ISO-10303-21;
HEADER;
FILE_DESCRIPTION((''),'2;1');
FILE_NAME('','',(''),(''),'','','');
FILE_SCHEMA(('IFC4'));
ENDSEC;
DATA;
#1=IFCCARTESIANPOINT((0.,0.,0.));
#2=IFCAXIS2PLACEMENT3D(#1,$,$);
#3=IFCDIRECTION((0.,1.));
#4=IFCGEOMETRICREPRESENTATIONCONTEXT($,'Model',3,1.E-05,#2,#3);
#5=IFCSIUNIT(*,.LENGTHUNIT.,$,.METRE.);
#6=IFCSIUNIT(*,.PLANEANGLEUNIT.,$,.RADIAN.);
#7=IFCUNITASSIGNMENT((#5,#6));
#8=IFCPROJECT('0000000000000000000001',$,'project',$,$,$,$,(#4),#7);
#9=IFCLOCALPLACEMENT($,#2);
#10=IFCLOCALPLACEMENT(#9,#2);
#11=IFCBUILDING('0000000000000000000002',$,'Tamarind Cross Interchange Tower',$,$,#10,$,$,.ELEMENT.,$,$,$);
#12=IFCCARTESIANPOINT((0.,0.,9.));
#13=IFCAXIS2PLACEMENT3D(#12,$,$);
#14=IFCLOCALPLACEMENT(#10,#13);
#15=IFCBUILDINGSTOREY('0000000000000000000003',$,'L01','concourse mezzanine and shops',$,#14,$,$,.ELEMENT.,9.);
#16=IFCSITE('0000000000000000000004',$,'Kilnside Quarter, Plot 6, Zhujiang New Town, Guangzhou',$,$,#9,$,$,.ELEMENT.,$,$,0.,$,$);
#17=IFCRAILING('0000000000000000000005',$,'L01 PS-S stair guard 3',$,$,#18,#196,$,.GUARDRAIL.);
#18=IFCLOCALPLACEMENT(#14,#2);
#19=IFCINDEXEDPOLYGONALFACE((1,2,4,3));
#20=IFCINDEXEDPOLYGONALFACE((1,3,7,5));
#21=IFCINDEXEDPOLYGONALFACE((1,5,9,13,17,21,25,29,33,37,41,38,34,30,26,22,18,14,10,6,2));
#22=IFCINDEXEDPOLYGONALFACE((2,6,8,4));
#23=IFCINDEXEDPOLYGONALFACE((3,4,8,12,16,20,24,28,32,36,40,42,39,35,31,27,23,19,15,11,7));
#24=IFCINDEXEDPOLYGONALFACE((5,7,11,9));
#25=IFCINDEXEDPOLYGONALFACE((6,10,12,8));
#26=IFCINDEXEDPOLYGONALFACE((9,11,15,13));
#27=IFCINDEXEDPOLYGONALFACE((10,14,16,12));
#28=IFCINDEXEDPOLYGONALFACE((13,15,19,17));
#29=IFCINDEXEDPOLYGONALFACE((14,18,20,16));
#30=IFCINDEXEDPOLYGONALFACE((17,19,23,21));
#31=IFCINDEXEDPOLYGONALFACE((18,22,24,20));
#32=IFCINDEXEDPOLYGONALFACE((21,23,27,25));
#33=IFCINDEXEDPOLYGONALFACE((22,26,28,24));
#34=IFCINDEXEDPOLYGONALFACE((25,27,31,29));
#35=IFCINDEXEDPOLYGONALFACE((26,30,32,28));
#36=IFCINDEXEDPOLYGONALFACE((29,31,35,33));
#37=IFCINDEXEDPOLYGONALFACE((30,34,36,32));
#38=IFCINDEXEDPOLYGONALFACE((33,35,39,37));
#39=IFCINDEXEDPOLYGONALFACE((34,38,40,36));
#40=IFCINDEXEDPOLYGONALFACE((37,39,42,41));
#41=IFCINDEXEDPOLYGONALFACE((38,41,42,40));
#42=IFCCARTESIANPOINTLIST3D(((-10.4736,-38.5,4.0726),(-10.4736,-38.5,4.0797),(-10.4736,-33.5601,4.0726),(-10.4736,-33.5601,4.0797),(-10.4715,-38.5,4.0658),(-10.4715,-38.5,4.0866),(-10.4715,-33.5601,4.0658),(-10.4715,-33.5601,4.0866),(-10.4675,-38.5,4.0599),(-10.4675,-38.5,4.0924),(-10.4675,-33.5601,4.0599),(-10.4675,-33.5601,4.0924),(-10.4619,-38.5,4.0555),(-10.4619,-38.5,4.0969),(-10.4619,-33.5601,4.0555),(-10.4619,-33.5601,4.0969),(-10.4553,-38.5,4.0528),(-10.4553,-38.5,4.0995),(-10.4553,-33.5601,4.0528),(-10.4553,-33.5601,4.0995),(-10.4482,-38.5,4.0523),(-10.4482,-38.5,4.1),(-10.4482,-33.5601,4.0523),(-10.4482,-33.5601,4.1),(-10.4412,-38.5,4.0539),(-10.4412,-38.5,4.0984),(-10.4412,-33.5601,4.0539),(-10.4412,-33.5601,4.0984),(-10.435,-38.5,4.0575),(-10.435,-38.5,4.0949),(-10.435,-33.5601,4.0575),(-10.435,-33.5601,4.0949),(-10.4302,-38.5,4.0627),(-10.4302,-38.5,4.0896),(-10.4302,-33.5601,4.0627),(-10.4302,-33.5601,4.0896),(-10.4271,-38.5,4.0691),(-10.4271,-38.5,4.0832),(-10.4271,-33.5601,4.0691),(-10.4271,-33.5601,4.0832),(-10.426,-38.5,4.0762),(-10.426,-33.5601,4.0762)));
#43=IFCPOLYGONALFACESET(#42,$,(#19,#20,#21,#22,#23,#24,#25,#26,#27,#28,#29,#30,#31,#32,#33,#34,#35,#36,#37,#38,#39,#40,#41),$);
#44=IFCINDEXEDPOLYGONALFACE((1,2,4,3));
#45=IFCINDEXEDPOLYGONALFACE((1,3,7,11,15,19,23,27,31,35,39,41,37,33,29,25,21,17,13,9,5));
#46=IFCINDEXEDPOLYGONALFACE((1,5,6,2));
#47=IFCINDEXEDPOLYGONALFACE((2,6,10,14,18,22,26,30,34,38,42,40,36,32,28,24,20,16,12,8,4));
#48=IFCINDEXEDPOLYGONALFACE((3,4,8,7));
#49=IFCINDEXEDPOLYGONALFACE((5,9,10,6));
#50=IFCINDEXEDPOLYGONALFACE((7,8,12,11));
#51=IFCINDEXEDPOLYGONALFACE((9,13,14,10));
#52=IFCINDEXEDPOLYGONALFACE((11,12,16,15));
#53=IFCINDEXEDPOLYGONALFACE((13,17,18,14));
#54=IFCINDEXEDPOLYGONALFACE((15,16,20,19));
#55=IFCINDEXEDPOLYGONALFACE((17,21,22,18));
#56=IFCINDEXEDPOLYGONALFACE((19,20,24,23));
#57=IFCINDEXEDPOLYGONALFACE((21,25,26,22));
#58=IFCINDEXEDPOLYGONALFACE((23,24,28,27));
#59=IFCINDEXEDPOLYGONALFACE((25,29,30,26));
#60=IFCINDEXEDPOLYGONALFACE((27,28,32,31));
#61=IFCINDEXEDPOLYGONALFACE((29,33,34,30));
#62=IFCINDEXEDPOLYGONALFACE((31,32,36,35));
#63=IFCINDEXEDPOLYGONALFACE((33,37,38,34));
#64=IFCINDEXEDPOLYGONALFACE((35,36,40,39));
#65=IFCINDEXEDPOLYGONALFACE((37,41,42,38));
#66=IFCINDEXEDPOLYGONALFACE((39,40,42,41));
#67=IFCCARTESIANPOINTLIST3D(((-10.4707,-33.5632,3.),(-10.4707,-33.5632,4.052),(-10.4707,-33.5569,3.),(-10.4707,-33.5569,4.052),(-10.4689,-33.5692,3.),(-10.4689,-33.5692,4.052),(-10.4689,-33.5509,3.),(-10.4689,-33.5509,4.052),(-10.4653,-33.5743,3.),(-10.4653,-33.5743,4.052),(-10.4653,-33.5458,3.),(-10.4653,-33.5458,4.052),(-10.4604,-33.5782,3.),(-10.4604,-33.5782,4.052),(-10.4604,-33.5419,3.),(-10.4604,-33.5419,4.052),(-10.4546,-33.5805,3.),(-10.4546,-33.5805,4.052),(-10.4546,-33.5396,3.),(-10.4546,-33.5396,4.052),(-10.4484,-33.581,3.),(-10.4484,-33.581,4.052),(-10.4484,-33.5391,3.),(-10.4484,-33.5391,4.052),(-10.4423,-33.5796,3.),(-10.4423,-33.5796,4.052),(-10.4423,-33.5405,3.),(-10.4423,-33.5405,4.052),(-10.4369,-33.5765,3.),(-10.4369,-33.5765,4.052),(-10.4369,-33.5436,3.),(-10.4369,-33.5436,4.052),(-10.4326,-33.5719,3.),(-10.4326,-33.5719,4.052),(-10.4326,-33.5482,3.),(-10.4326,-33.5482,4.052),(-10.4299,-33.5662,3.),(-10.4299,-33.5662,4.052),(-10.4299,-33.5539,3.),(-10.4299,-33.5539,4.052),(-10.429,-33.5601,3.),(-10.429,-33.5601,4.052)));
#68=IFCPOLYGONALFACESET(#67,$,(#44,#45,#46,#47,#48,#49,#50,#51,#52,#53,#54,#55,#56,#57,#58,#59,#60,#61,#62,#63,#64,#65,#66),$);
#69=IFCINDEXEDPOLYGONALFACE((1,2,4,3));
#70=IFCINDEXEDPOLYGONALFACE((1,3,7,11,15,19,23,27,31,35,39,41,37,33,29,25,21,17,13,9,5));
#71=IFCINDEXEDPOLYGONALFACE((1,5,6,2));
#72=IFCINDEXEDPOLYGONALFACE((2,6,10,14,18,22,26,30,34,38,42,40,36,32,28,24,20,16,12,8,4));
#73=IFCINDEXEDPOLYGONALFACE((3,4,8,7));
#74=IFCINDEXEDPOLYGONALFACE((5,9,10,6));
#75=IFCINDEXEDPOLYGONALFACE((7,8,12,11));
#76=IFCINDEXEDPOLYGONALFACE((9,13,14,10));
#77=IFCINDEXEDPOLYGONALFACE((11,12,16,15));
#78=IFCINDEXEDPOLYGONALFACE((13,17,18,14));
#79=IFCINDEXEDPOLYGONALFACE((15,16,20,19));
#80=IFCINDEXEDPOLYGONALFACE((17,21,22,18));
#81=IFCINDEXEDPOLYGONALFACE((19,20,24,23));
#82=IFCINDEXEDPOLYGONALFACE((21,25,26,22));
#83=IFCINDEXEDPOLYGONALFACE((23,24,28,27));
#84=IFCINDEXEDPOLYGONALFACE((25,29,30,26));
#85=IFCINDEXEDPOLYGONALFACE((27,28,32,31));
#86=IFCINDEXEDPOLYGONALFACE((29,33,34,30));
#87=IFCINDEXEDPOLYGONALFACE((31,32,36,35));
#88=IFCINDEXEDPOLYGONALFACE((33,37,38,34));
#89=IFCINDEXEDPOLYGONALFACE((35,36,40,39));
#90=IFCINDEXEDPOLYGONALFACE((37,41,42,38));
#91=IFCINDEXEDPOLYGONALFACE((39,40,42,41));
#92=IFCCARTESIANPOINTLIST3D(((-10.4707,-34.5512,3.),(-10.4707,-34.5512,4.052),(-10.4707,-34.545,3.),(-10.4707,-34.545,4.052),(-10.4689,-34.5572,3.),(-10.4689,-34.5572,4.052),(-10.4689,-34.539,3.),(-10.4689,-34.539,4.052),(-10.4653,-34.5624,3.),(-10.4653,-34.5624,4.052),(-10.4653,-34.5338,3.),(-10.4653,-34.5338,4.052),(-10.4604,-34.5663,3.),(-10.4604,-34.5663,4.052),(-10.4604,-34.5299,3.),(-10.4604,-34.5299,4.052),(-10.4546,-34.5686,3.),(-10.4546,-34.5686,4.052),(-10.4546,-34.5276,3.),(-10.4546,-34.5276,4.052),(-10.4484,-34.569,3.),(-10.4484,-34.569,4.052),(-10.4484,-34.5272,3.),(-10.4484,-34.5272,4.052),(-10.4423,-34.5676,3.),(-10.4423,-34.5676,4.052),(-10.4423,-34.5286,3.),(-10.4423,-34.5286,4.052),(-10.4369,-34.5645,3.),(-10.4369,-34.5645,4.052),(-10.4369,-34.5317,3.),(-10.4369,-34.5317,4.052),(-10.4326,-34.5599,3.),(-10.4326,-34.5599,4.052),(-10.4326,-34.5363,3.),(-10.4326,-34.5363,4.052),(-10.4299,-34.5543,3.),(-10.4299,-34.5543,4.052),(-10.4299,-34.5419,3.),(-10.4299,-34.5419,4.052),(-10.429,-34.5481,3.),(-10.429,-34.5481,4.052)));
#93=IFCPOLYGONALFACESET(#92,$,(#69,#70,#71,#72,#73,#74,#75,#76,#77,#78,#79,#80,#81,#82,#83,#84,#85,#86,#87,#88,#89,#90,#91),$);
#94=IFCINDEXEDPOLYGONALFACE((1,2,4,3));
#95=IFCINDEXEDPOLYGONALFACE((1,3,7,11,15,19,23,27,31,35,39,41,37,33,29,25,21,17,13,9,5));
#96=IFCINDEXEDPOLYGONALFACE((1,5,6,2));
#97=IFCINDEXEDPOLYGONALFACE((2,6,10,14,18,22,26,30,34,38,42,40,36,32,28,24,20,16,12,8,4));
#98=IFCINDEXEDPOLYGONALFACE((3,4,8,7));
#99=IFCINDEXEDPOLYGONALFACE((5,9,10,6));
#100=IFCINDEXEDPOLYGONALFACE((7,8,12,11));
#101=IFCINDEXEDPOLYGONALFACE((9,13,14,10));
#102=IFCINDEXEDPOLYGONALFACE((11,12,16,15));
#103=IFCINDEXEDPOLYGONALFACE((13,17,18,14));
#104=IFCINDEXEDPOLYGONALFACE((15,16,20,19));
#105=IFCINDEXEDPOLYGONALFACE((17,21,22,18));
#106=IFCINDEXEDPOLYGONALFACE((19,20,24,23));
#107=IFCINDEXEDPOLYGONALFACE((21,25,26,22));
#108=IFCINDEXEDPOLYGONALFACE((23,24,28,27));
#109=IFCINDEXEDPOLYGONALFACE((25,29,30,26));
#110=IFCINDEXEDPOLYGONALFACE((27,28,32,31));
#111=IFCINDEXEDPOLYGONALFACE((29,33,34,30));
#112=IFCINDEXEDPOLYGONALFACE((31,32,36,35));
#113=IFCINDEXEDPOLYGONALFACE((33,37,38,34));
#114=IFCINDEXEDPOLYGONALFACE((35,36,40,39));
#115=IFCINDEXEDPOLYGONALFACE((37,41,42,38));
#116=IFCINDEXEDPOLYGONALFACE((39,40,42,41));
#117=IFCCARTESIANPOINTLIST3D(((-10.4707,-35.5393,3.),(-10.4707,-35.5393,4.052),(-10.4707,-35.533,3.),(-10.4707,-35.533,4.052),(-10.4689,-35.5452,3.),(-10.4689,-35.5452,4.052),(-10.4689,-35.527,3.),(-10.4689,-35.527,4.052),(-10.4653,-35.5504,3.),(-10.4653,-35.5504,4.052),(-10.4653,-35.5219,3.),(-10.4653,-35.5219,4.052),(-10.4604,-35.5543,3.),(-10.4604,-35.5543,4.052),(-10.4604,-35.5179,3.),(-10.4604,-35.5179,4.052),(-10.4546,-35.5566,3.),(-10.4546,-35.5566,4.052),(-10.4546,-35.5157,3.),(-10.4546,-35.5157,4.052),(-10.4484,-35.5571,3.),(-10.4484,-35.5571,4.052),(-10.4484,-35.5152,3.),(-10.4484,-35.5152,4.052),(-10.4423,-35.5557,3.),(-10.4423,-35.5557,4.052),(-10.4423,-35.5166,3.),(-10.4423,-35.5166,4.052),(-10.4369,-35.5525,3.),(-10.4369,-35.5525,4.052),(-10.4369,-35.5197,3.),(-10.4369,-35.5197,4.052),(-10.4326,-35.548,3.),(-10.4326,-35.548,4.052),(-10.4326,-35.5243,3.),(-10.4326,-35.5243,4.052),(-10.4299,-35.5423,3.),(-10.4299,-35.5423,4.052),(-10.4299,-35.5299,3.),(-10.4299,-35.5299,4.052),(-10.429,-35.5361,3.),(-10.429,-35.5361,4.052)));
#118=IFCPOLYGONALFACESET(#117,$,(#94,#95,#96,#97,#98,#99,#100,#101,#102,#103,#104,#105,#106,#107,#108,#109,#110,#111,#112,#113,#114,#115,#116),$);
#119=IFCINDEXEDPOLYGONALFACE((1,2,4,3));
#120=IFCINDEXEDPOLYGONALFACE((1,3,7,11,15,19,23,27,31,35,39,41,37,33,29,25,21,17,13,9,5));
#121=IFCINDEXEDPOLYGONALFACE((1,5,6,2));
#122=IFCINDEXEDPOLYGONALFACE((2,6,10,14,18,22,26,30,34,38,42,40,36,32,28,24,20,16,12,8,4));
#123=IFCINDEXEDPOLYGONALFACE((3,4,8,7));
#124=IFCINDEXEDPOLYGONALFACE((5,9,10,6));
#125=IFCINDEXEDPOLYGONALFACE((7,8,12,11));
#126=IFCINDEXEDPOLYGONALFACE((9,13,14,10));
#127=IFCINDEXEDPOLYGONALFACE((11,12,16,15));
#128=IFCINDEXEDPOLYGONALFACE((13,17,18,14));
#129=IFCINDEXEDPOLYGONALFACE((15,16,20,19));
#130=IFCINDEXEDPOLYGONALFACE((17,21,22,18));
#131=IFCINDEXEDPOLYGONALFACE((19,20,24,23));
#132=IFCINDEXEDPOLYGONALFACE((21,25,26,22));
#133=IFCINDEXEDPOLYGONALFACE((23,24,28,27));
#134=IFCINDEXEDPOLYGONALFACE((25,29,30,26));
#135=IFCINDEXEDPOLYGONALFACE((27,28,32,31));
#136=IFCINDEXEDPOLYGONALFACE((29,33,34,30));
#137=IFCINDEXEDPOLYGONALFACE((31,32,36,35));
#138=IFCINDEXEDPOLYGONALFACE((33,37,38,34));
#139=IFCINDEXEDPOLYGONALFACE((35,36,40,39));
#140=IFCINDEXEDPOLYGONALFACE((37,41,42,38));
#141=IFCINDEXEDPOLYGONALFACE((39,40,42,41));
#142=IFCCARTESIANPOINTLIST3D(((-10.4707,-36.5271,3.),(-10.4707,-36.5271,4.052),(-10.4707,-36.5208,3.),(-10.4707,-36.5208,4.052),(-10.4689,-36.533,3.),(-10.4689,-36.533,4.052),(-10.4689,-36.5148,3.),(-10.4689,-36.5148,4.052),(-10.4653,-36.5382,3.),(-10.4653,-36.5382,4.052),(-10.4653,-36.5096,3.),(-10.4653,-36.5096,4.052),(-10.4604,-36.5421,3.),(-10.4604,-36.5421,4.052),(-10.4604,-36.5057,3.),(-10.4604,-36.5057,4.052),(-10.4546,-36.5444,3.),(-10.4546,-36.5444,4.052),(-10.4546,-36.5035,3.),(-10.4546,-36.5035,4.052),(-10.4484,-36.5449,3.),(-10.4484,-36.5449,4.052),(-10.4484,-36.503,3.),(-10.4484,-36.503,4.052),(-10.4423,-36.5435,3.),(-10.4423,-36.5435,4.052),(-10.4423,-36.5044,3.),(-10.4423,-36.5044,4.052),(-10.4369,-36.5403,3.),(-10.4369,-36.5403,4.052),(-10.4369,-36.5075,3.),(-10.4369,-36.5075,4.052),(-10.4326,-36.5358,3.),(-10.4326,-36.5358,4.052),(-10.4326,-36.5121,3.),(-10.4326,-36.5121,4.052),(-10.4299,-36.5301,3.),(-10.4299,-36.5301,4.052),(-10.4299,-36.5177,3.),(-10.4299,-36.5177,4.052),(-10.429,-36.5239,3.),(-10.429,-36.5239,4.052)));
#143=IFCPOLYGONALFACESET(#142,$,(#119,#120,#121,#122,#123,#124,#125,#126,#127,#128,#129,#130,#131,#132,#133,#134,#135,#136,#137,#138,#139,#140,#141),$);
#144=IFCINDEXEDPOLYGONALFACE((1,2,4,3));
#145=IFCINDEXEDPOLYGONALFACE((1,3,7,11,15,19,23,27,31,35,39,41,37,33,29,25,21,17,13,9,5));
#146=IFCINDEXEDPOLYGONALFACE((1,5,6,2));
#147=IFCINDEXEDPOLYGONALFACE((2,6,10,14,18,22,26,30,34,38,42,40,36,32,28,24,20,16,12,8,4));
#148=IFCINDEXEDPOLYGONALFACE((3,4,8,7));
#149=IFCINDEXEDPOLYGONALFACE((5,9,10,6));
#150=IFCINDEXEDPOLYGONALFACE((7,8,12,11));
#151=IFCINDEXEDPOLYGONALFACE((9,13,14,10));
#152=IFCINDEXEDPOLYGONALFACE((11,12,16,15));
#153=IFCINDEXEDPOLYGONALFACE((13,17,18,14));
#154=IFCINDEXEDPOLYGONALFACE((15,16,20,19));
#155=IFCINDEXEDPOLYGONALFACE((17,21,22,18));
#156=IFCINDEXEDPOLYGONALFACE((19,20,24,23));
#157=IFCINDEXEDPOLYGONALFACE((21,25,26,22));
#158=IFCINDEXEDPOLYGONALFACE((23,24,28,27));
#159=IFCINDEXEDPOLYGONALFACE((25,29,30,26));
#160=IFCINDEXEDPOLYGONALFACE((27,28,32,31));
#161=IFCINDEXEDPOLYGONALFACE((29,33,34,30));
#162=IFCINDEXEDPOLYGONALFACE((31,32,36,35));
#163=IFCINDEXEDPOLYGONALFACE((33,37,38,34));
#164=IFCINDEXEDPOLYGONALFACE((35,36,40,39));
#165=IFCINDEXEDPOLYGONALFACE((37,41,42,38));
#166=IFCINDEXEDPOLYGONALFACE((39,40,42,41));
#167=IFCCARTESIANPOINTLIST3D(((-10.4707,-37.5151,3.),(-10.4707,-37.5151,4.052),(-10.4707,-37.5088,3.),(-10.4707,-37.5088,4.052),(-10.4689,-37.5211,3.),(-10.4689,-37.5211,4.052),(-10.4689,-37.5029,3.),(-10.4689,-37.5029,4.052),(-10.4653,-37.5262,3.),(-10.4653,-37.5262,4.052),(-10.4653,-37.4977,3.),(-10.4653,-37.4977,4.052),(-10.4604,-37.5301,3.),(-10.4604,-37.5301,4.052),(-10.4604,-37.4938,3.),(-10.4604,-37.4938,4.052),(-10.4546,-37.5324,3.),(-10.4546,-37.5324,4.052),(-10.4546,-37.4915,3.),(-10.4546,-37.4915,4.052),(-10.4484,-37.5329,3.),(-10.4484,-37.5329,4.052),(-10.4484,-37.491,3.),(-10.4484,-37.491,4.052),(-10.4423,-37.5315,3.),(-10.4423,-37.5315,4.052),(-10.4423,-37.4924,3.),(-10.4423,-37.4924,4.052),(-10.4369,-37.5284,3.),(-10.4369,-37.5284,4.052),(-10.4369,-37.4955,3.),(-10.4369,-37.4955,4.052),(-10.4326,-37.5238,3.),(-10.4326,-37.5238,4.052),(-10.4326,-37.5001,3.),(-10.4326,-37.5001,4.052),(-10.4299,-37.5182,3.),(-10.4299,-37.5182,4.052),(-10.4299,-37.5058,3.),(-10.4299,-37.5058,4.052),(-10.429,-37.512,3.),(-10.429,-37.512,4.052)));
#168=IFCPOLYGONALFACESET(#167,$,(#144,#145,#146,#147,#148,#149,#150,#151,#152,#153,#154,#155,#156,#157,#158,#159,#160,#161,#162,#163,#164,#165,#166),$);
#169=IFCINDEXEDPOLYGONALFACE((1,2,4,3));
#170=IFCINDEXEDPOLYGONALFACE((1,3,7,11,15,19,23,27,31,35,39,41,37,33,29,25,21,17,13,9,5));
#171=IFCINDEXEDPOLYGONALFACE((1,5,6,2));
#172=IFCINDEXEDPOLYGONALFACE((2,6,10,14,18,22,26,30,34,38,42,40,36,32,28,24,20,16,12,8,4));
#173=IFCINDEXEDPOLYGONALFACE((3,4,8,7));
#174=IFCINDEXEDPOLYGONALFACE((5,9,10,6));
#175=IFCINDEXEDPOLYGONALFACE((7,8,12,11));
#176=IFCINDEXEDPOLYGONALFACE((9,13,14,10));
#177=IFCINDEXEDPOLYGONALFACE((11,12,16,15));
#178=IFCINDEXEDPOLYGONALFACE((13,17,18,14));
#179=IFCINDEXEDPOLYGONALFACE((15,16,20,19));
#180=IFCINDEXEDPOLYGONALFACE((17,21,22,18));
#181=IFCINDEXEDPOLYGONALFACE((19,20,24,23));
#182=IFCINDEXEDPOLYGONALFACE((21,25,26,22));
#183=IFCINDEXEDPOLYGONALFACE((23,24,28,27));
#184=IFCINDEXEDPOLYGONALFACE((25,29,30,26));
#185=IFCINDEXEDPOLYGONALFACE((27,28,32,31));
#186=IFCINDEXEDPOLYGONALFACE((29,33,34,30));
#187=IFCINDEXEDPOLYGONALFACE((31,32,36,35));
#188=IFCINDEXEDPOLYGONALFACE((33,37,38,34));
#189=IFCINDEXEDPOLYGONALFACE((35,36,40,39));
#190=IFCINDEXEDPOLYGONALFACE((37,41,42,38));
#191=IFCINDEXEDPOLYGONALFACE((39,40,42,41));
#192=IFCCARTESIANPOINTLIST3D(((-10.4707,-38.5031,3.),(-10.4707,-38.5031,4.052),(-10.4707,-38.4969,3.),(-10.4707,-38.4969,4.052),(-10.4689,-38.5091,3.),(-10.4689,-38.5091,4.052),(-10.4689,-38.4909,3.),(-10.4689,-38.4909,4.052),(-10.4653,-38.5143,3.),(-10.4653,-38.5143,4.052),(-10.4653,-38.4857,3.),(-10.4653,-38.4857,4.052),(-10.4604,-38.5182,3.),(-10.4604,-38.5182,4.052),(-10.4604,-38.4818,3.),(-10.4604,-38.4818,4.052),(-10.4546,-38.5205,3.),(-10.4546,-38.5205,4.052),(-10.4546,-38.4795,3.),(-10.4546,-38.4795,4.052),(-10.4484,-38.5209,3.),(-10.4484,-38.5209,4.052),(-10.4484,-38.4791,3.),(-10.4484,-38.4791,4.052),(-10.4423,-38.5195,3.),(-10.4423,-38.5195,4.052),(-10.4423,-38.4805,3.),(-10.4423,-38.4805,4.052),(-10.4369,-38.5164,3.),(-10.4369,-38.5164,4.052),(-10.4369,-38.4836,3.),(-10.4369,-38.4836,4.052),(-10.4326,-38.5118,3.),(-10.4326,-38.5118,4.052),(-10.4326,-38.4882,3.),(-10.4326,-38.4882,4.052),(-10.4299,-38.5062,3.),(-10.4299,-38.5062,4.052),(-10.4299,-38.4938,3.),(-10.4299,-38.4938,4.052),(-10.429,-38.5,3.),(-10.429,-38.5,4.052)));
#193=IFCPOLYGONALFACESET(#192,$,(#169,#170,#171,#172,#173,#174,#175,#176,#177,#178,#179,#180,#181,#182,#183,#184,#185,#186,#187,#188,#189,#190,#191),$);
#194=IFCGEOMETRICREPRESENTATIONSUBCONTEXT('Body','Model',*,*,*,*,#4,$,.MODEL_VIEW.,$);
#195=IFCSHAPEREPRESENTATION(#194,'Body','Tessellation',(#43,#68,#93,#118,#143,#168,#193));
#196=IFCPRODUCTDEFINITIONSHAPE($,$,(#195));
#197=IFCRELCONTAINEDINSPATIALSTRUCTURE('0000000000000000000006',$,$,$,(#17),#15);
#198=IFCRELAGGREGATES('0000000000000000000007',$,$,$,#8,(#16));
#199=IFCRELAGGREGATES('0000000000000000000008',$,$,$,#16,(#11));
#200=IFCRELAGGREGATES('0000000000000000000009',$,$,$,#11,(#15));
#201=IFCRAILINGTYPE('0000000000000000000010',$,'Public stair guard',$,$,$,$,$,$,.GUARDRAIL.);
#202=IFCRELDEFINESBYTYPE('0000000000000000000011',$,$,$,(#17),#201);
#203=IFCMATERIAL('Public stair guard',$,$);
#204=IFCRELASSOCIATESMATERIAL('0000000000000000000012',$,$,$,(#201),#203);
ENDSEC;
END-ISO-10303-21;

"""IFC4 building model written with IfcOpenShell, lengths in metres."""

from ifc_helpers import new_model, si_unit, direction, frame, origin, origin_2d, place, context, subcontext, project, spatial, circle, extrude, material, type_object, element, save


model = new_model("IFC4")

# Units and contexts
model_context = context("Model", 3, precision=1e-05, world=origin(), true_north=direction((0.0, 1.0)))
body_context = subcontext(model_context, "Body", "Model", "MODEL_VIEW")
ifc_project = project(units=[si_unit("LENGTHUNIT", "METRE"), si_unit("PLANEANGLEUNIT", "RADIAN")], contexts=[model_context])

# Site, building, storey
site_placement = place(None, origin())
site = spatial("IfcSite", under=ifc_project, at=site_placement, Name="Kilnside Quarter, Plot 6, Zhujiang New Town, Guangzhou", CompositionType="ELEMENT", RefElevation=0.0)
building_placement = place(site_placement, origin())
building = spatial("IfcBuilding", under=site, at=building_placement, Name="Tamarind Cross Interchange Tower", CompositionType="ELEMENT")
storey_placement = place(building_placement, frame((0.0, 0.0, 9.0)))
storey = spatial("IfcBuildingStorey", under=building, at=storey_placement, Name="L01", Description="concourse mezzanine and shops", CompositionType="ELEMENT", Elevation=9.0)

# Railing
ifc_material_1 = material(Name="Public stair guard")
railing_type_1 = type_object("IfcRailingType", Name="Public stair guard", PredefinedType="GUARDRAIL", material=ifc_material_1)
railing_1_placement = place(storey_placement, frame((-10.45, -33.5601, 3.0)))
element("IfcRailing", 1, at=railing_1_placement, inside=storey, type_object=railing_type_1, Name="L01 PS-S stair guard 3", PredefinedType="GUARDRAIL", context=body_context, shape_type="SweptSolid", body=[
    extrude(circle(Radius=0.0239, at=origin_2d()), frame((0.0, 0.0, 1.0762), z_axis=(0.0, -1.0, 0.0), x_axis=(1.0, 0.0, 0.0)), (0.0, 0.0, 1.0), 4.9399),
    extrude(circle(Radius=0.021, at=origin_2d()), origin(), (0.0, 0.0, 1.0), 1.052),
    extrude(circle(Radius=0.021, at=origin_2d()), frame((0.0, -0.988, 0.0)), (0.0, 0.0, 1.0), 1.052),
    extrude(circle(Radius=0.021, at=origin_2d()), frame((0.0, -1.9761, 0.0)), (0.0, 0.0, 1.0), 1.052),
    extrude(circle(Radius=0.021, at=origin_2d()), frame((0.0, -2.9639, 0.0)), (0.0, 0.0, 1.0), 1.052),
    extrude(circle(Radius=0.021, at=origin_2d()), frame((0.0, -3.9519, 0.0)), (0.0, 0.0, 1.0), 1.052),
    extrude(circle(Radius=0.021, at=origin_2d()), frame((0.0, -4.9399, 0.0)), (0.0, 0.0, 1.0), 1.052),
])

save(model, "model.ifc")
